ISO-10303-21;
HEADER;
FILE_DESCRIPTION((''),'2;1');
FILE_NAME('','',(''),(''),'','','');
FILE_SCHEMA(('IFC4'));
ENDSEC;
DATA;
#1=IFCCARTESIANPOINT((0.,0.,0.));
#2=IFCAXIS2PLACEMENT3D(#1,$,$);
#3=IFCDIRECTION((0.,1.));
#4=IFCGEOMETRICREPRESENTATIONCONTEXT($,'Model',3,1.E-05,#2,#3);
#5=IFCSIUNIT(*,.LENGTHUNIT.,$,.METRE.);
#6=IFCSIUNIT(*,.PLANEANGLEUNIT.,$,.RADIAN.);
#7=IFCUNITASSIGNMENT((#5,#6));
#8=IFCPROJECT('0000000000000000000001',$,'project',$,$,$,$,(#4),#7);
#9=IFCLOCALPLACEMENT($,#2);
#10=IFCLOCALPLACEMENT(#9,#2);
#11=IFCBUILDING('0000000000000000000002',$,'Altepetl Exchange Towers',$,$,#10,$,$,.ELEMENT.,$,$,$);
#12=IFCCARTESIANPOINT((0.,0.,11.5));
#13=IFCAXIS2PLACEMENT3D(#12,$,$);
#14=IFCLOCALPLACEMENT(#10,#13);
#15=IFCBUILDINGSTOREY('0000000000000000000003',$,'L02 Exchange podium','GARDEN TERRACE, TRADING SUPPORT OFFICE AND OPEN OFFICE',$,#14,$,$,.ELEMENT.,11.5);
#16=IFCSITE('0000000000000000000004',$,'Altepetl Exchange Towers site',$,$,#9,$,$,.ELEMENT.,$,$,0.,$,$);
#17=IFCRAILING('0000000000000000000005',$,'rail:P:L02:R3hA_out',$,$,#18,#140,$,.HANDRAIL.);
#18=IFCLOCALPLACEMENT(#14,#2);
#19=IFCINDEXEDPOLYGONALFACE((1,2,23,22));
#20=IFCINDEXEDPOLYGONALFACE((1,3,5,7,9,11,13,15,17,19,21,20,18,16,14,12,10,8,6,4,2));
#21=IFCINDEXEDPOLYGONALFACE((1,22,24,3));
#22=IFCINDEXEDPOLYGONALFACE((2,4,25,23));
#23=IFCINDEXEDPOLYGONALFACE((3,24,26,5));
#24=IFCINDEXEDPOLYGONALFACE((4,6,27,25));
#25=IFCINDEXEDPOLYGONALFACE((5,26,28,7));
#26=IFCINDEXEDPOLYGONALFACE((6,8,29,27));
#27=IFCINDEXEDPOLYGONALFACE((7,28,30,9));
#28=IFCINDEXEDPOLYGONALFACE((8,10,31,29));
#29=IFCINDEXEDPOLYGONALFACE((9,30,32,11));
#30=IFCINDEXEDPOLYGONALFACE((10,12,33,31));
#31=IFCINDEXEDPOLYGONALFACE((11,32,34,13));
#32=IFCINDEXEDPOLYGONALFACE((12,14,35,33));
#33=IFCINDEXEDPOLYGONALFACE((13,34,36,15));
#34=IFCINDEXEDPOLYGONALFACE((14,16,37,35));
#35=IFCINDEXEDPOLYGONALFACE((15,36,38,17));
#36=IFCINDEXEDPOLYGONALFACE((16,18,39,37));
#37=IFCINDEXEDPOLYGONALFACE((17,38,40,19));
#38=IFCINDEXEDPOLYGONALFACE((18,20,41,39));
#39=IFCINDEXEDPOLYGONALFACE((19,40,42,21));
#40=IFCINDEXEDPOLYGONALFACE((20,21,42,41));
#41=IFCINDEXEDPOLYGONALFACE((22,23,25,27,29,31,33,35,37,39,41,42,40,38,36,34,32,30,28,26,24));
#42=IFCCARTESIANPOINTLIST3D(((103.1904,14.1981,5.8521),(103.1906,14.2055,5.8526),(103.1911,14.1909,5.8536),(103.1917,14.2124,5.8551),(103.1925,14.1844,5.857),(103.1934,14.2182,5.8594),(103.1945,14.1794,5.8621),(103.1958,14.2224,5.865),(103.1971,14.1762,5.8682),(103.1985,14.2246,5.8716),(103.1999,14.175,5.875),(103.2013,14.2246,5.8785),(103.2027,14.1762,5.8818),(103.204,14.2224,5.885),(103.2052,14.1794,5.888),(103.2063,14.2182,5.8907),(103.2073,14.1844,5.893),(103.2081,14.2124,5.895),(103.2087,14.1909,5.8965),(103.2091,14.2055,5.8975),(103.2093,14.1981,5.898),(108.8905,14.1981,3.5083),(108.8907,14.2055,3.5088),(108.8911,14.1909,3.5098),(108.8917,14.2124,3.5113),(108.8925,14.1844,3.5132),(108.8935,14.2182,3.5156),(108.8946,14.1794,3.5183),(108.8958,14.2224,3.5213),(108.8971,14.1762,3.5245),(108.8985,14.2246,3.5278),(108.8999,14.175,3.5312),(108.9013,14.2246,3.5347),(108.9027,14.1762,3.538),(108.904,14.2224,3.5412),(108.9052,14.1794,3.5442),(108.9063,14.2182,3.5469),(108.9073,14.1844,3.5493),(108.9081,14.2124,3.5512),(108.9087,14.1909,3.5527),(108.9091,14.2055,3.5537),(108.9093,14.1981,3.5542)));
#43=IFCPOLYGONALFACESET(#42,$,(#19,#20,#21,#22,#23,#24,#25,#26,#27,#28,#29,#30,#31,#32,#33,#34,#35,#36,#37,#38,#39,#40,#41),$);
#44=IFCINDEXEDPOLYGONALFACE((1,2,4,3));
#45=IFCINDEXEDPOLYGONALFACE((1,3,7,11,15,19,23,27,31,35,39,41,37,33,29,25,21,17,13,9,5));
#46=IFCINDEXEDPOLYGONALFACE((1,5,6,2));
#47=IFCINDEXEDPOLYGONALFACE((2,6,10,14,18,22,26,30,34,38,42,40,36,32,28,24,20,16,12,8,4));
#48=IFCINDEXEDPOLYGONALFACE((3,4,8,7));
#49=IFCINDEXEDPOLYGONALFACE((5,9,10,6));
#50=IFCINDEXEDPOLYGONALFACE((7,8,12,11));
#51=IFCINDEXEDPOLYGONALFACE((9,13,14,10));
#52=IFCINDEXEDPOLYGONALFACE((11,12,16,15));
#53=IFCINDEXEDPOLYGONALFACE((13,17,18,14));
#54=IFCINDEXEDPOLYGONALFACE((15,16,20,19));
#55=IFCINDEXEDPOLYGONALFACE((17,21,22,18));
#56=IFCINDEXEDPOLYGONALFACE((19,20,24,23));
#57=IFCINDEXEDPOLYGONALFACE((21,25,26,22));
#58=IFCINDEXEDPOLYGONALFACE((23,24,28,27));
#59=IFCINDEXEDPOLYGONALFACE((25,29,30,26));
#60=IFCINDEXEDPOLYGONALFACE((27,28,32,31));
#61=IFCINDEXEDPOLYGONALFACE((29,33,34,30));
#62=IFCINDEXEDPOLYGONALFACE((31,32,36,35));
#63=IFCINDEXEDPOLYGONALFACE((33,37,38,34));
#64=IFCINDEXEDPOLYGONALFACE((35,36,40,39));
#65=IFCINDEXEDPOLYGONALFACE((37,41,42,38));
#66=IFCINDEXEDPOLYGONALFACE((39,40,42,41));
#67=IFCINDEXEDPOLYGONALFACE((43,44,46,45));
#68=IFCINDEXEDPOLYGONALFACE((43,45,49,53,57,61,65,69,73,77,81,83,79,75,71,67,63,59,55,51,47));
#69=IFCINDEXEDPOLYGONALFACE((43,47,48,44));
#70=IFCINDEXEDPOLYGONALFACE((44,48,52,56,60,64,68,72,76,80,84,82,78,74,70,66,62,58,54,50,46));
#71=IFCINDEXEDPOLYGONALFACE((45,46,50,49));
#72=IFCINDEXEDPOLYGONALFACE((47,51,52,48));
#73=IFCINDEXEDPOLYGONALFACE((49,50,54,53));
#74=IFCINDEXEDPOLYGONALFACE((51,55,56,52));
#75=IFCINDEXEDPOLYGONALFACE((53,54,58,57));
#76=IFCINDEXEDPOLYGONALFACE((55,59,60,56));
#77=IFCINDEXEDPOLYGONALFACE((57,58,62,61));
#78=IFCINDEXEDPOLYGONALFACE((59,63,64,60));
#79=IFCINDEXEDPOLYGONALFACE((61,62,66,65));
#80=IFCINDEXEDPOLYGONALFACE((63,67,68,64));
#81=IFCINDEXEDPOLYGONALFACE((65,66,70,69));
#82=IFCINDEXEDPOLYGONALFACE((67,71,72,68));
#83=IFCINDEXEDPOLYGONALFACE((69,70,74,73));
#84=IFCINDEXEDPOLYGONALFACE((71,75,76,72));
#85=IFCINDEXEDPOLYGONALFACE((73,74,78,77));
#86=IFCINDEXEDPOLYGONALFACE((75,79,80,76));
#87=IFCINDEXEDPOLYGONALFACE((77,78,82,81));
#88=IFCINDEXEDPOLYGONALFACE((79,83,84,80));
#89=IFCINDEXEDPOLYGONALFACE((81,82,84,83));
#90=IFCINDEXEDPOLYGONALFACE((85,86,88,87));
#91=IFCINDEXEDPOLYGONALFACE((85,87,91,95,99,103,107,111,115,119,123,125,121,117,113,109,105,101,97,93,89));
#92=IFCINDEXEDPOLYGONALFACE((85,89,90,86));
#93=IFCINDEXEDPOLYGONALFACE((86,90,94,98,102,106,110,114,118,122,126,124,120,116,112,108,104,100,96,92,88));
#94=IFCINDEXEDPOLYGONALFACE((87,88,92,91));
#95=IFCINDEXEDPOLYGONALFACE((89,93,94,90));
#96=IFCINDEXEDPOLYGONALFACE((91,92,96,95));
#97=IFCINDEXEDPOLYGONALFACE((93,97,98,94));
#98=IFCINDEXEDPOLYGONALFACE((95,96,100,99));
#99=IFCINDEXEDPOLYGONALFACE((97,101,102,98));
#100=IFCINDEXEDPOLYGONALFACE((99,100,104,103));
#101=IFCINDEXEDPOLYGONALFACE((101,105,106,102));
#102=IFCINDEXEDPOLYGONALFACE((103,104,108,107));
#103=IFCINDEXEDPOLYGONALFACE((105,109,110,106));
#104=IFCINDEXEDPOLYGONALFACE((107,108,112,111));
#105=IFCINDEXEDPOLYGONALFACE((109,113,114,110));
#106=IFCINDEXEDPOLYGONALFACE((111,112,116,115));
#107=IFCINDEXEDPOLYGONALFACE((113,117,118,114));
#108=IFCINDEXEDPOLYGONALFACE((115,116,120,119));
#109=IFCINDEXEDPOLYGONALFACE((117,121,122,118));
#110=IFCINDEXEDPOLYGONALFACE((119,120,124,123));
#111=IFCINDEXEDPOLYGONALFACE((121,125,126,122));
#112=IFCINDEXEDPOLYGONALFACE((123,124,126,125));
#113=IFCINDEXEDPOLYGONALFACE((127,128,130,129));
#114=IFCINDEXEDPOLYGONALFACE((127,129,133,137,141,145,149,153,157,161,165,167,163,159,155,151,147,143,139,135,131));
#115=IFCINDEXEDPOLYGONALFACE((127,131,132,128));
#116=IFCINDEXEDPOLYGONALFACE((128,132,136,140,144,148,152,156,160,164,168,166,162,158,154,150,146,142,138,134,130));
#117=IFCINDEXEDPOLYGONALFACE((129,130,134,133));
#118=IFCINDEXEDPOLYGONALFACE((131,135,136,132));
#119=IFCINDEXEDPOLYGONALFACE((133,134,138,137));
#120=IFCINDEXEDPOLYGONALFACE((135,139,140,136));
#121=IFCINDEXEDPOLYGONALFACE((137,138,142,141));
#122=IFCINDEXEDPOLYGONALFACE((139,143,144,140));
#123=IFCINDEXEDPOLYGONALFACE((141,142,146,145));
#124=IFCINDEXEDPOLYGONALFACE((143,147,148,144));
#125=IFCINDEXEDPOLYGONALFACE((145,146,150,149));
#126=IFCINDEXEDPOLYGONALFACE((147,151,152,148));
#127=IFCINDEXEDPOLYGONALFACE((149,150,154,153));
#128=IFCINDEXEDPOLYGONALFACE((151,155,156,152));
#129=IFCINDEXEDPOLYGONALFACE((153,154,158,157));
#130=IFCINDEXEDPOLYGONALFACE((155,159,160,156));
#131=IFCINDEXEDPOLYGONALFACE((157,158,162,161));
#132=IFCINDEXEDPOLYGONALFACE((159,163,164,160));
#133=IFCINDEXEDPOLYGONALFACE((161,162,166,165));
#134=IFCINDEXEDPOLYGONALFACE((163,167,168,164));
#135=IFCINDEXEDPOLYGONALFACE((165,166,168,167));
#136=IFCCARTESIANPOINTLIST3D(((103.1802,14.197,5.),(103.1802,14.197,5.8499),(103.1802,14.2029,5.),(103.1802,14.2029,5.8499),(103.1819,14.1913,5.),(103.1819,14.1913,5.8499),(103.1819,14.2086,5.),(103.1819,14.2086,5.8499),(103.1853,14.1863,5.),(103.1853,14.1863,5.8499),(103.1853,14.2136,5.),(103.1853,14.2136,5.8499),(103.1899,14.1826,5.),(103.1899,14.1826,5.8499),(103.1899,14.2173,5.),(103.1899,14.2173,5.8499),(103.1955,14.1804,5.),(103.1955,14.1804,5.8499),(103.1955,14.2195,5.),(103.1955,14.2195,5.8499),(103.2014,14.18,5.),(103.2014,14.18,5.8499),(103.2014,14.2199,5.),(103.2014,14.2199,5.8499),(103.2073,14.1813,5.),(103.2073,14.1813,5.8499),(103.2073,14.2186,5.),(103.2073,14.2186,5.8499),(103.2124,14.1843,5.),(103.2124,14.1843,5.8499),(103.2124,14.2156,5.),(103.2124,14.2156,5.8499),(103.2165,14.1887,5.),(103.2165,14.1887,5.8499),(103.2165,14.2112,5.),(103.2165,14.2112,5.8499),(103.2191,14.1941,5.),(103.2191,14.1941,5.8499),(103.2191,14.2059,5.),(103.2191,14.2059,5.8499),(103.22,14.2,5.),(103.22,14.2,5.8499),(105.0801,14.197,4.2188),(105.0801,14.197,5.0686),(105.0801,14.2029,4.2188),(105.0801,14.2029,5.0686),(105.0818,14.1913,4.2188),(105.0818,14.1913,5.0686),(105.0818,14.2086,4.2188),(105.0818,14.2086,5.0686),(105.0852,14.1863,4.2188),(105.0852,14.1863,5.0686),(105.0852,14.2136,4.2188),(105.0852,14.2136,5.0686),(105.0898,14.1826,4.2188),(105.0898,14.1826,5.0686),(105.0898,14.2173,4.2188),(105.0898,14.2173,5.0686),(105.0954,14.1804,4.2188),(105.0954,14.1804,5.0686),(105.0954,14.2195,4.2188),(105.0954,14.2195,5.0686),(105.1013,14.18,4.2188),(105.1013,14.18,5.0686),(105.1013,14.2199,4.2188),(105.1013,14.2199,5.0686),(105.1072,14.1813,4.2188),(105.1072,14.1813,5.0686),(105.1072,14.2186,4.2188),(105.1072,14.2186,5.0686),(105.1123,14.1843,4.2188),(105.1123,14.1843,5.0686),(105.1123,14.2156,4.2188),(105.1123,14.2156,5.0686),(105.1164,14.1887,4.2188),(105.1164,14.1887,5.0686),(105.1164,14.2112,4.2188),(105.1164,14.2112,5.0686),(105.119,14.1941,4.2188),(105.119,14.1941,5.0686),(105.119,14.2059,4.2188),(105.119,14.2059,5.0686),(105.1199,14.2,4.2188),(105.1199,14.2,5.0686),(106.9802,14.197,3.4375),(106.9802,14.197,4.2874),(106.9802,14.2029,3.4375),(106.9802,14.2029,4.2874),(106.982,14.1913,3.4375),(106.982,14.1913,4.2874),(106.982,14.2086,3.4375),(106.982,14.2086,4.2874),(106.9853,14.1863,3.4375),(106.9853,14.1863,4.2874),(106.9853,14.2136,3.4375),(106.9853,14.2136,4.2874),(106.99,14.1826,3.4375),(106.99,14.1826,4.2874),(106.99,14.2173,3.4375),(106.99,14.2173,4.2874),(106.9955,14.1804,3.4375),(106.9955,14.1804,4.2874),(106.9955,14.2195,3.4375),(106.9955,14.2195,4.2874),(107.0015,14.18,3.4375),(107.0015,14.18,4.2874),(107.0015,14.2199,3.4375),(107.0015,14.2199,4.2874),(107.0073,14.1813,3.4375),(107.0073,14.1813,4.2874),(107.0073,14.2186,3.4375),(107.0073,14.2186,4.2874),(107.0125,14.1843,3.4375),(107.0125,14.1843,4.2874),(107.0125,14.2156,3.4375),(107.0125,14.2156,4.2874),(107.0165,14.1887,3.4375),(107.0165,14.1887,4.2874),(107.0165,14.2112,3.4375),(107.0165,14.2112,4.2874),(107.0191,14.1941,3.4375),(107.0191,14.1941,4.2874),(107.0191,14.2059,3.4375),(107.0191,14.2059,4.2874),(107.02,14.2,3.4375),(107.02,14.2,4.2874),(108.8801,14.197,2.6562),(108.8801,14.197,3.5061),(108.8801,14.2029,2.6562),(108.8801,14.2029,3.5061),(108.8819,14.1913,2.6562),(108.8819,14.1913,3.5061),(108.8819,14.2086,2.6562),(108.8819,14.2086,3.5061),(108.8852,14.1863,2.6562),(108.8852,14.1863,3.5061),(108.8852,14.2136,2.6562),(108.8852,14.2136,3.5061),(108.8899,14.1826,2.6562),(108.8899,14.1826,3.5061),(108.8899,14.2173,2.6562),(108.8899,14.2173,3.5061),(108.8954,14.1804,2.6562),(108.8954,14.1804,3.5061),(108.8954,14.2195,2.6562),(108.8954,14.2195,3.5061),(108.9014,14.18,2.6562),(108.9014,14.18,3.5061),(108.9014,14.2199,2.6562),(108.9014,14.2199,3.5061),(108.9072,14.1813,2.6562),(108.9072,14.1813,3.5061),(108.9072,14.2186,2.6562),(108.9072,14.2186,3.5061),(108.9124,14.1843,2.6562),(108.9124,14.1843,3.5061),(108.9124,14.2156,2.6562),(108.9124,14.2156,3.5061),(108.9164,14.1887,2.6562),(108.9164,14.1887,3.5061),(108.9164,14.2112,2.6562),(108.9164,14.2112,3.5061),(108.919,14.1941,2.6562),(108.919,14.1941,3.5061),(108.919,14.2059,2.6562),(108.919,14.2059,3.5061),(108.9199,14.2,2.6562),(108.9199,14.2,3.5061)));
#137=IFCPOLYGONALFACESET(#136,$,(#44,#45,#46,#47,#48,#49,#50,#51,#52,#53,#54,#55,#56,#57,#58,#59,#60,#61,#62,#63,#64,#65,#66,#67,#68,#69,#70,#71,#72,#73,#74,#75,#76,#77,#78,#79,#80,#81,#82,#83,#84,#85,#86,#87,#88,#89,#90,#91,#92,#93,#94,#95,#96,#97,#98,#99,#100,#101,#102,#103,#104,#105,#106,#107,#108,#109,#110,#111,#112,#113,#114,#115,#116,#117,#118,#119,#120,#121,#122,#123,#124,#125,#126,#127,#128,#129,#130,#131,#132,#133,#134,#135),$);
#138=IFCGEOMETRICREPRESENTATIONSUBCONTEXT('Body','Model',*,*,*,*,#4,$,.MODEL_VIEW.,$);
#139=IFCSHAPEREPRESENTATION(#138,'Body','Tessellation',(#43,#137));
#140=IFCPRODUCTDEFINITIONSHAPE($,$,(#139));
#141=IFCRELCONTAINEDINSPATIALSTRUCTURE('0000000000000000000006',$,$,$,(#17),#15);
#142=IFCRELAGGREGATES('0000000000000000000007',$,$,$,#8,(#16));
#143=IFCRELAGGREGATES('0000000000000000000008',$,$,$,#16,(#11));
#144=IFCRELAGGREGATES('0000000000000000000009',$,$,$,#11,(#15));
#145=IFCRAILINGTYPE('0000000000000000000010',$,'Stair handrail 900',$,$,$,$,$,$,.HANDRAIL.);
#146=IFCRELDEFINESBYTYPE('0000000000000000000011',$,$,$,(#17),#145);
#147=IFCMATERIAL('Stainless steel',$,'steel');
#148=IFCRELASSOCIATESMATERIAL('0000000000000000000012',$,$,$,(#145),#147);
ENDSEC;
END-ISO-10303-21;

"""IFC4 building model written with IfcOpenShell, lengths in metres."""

from ifc_helpers import new_model, si_unit, direction, frame, origin, origin_2d, place, context, subcontext, project, spatial, circle, extrude, source, transform, mapped, material, type_object, element, save


model = new_model("IFC4")

# Units and contexts
model_context = context("Model", 3, precision=1e-05, world=origin(), true_north=direction((0.0, 1.0)))
body_context = subcontext(model_context, "Body", "Model", "MODEL_VIEW")
ifc_project = project(units=[si_unit("LENGTHUNIT", "METRE"), si_unit("PLANEANGLEUNIT", "RADIAN")], contexts=[model_context])

# Site, building, storey
site_placement = place(None, origin())
site = spatial("IfcSite", under=ifc_project, at=site_placement, Name="Altepetl Exchange Towers site", CompositionType="ELEMENT", RefElevation=0.0)
building_placement = place(site_placement, origin())
building = spatial("IfcBuilding", under=site, at=building_placement, Name="Altepetl Exchange Towers", CompositionType="ELEMENT")
storey_placement = place(building_placement, frame((0.0, 0.0, 11.5)))
storey = spatial("IfcBuildingStorey", under=building, at=storey_placement, Name="L02 Exchange podium", Description="GARDEN TERRACE, TRADING SUPPORT OFFICE AND OPEN OFFICE", CompositionType="ELEMENT", Elevation=11.5)

# Railing
ifc_material_1 = material(Name="Stainless steel", Category="steel")
railing_type_1 = type_object("IfcRailingType", Name="Stair handrail 900", PredefinedType="HANDRAIL", material=ifc_material_1)
shared_shape_1 = source(origin(), body_context, "Body", "SweptSolid", [
    extrude(circle(Radius=0.02, at=origin_2d()), origin(), (0.0, 0.0, 1.0), 0.8499),
])
for number, where, name in (
    (1, (108.8999, 14.2, 2.6562), "rail:P:L02:R3hA_out"),
):
    element("IfcRailing", number, at=place(storey_placement, frame(where)), inside=storey, type_object=railing_type_1, Name=name, PredefinedType="HANDRAIL", context=body_context, shape_type="SweptSolid", body=[
        extrude(circle(Radius=0.0249, at=origin_2d()), frame((0.0, 0.0, 0.875), z_axis=(-0.924866, 0.0, 0.380293), x_axis=(0.0, -1.0, 0.0)), (0.0, 0.0, 1.0), 6.1631),
        mapped(shared_shape_1, transform((0.0, 0.0, 0.0))),
        mapped(shared_shape_1, transform((-1.8999, 0.0, 0.7812))),
        mapped(shared_shape_1, transform((-3.8, 0.0, 1.5625))),
        mapped(shared_shape_1, transform((-5.7, 0.0, 2.3438))),
    ])

save(model, "model.ifc")
